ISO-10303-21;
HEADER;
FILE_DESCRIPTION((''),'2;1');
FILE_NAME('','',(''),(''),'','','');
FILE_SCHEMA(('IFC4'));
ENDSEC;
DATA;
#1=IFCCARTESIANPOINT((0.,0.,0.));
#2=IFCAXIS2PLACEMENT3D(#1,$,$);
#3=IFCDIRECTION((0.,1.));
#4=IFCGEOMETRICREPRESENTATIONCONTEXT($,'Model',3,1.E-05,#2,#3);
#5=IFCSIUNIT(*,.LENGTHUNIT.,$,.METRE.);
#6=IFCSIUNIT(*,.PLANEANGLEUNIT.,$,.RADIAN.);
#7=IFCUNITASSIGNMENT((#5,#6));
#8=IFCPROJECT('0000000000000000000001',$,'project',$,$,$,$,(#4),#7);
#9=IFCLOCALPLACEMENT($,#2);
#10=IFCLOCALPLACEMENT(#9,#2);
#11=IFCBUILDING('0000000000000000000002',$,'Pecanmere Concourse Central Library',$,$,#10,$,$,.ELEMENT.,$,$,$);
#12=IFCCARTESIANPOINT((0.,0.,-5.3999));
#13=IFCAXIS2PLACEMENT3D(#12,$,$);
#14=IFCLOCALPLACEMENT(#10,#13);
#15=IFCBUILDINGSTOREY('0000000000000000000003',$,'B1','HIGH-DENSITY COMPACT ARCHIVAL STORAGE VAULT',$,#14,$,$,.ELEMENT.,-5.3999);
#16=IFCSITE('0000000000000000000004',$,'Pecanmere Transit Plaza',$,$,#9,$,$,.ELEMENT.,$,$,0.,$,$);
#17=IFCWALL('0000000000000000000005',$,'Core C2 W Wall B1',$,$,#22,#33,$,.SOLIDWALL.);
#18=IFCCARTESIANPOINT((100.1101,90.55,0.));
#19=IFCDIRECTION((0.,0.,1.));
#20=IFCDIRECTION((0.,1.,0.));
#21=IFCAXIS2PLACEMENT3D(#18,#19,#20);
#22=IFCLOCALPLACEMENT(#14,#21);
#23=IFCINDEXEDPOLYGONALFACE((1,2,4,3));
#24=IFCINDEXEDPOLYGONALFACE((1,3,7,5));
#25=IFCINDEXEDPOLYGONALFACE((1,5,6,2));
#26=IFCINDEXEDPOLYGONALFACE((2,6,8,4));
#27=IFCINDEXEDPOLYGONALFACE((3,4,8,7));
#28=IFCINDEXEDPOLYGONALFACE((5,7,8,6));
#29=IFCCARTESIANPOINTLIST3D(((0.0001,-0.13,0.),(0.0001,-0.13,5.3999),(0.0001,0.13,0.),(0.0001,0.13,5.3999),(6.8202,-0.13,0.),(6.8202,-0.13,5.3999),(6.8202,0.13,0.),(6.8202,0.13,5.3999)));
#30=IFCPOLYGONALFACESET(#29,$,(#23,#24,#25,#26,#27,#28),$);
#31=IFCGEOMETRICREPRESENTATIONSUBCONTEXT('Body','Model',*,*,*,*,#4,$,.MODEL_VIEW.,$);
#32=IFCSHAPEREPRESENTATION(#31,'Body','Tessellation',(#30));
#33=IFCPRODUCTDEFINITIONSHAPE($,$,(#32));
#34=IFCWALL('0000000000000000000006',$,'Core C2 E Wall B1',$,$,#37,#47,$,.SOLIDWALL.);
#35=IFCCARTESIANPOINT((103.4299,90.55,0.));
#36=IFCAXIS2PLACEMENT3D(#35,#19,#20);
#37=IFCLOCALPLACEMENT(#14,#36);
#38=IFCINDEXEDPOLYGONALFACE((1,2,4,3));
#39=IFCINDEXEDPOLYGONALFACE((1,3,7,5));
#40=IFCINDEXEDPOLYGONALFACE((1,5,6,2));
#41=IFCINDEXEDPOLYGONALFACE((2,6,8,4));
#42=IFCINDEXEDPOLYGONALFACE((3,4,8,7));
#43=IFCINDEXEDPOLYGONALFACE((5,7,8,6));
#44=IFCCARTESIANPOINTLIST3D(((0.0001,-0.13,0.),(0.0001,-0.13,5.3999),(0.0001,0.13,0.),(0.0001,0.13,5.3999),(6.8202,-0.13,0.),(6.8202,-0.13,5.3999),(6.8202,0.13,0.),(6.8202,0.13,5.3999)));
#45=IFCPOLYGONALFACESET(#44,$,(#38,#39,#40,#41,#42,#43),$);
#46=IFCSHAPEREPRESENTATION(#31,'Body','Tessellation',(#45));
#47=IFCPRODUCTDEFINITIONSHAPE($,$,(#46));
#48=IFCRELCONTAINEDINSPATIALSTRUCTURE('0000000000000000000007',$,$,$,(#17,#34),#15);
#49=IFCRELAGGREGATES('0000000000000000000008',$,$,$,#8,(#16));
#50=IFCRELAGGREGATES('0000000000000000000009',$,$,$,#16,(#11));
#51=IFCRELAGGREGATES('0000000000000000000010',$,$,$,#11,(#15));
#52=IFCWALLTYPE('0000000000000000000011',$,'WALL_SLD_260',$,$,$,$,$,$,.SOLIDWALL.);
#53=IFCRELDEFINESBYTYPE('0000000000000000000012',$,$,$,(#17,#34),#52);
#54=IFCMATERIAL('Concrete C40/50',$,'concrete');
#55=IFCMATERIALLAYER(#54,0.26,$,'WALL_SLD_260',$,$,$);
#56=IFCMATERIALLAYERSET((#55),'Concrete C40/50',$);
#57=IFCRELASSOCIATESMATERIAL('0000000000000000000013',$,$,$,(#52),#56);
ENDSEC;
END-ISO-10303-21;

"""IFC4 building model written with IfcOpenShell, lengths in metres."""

from ifc_helpers import new_model, si_unit, direction, frame, frame_2d, origin, place, context, subcontext, project, spatial, rectangle, extrude, material, layer, layer_set, type_object, element, save


model = new_model("IFC4")

# Units and contexts
model_context = context("Model", 3, precision=1e-05, world=origin(), true_north=direction((0.0, 1.0)))
body_context = subcontext(model_context, "Body", "Model", "MODEL_VIEW")
ifc_project = project(units=[si_unit("LENGTHUNIT", "METRE"), si_unit("PLANEANGLEUNIT", "RADIAN")], contexts=[model_context])

# Site, building, storey
site_placement = place(None, origin())
site = spatial("IfcSite", under=ifc_project, at=site_placement, Name="Pecanmere Transit Plaza", CompositionType="ELEMENT", RefElevation=0.0)
building_placement = place(site_placement, origin())
building = spatial("IfcBuilding", under=site, at=building_placement, Name="Pecanmere Concourse Central Library", CompositionType="ELEMENT")
storey_placement = place(building_placement, frame((0.0, 0.0, -5.3999)))
storey = spatial("IfcBuildingStorey", under=building, at=storey_placement, Name="B1", Description="HIGH-DENSITY COMPACT ARCHIVAL STORAGE VAULT", CompositionType="ELEMENT", Elevation=-5.3999)

# Shared definitions
ifc_material_1 = material(Name="Concrete C40/50", Category="concrete")
ifc_layer = layer(ifc_material_1, 0.26, Name="WALL_SLD_260")
ifc_layer_set = layer_set([ifc_layer], Name="Concrete C40/50")
wall_type = type_object("IfcWallType", Name="WALL_SLD_260", PredefinedType="SOLIDWALL", material=ifc_layer_set)

# Walls
for number, where, z_axis, x_axis, name in (
    (1, (100.1101, 90.55, 0.0), (0.0, 0.0, 1.0), (0.0, 1.0, 0.0), "Core C2 W Wall B1"),
    (2, (103.4299, 90.55, 0.0), (0.0, 0.0, 1.0), (0.0, 1.0, 0.0), "Core C2 E Wall B1"),
):
    element("IfcWall", number, at=place(storey_placement, frame(where, z_axis=z_axis, x_axis=x_axis)), inside=storey, type_object=wall_type, Name=name, PredefinedType="SOLIDWALL", context=body_context, shape_type="SweptSolid", body=[
        extrude(rectangle(XDim=6.8201, YDim=0.26, at=frame_2d((3.4102, 0.0))), origin(), (0.0, 0.0, 1.0), 5.3999),
    ])

save(model, "model.ifc")
